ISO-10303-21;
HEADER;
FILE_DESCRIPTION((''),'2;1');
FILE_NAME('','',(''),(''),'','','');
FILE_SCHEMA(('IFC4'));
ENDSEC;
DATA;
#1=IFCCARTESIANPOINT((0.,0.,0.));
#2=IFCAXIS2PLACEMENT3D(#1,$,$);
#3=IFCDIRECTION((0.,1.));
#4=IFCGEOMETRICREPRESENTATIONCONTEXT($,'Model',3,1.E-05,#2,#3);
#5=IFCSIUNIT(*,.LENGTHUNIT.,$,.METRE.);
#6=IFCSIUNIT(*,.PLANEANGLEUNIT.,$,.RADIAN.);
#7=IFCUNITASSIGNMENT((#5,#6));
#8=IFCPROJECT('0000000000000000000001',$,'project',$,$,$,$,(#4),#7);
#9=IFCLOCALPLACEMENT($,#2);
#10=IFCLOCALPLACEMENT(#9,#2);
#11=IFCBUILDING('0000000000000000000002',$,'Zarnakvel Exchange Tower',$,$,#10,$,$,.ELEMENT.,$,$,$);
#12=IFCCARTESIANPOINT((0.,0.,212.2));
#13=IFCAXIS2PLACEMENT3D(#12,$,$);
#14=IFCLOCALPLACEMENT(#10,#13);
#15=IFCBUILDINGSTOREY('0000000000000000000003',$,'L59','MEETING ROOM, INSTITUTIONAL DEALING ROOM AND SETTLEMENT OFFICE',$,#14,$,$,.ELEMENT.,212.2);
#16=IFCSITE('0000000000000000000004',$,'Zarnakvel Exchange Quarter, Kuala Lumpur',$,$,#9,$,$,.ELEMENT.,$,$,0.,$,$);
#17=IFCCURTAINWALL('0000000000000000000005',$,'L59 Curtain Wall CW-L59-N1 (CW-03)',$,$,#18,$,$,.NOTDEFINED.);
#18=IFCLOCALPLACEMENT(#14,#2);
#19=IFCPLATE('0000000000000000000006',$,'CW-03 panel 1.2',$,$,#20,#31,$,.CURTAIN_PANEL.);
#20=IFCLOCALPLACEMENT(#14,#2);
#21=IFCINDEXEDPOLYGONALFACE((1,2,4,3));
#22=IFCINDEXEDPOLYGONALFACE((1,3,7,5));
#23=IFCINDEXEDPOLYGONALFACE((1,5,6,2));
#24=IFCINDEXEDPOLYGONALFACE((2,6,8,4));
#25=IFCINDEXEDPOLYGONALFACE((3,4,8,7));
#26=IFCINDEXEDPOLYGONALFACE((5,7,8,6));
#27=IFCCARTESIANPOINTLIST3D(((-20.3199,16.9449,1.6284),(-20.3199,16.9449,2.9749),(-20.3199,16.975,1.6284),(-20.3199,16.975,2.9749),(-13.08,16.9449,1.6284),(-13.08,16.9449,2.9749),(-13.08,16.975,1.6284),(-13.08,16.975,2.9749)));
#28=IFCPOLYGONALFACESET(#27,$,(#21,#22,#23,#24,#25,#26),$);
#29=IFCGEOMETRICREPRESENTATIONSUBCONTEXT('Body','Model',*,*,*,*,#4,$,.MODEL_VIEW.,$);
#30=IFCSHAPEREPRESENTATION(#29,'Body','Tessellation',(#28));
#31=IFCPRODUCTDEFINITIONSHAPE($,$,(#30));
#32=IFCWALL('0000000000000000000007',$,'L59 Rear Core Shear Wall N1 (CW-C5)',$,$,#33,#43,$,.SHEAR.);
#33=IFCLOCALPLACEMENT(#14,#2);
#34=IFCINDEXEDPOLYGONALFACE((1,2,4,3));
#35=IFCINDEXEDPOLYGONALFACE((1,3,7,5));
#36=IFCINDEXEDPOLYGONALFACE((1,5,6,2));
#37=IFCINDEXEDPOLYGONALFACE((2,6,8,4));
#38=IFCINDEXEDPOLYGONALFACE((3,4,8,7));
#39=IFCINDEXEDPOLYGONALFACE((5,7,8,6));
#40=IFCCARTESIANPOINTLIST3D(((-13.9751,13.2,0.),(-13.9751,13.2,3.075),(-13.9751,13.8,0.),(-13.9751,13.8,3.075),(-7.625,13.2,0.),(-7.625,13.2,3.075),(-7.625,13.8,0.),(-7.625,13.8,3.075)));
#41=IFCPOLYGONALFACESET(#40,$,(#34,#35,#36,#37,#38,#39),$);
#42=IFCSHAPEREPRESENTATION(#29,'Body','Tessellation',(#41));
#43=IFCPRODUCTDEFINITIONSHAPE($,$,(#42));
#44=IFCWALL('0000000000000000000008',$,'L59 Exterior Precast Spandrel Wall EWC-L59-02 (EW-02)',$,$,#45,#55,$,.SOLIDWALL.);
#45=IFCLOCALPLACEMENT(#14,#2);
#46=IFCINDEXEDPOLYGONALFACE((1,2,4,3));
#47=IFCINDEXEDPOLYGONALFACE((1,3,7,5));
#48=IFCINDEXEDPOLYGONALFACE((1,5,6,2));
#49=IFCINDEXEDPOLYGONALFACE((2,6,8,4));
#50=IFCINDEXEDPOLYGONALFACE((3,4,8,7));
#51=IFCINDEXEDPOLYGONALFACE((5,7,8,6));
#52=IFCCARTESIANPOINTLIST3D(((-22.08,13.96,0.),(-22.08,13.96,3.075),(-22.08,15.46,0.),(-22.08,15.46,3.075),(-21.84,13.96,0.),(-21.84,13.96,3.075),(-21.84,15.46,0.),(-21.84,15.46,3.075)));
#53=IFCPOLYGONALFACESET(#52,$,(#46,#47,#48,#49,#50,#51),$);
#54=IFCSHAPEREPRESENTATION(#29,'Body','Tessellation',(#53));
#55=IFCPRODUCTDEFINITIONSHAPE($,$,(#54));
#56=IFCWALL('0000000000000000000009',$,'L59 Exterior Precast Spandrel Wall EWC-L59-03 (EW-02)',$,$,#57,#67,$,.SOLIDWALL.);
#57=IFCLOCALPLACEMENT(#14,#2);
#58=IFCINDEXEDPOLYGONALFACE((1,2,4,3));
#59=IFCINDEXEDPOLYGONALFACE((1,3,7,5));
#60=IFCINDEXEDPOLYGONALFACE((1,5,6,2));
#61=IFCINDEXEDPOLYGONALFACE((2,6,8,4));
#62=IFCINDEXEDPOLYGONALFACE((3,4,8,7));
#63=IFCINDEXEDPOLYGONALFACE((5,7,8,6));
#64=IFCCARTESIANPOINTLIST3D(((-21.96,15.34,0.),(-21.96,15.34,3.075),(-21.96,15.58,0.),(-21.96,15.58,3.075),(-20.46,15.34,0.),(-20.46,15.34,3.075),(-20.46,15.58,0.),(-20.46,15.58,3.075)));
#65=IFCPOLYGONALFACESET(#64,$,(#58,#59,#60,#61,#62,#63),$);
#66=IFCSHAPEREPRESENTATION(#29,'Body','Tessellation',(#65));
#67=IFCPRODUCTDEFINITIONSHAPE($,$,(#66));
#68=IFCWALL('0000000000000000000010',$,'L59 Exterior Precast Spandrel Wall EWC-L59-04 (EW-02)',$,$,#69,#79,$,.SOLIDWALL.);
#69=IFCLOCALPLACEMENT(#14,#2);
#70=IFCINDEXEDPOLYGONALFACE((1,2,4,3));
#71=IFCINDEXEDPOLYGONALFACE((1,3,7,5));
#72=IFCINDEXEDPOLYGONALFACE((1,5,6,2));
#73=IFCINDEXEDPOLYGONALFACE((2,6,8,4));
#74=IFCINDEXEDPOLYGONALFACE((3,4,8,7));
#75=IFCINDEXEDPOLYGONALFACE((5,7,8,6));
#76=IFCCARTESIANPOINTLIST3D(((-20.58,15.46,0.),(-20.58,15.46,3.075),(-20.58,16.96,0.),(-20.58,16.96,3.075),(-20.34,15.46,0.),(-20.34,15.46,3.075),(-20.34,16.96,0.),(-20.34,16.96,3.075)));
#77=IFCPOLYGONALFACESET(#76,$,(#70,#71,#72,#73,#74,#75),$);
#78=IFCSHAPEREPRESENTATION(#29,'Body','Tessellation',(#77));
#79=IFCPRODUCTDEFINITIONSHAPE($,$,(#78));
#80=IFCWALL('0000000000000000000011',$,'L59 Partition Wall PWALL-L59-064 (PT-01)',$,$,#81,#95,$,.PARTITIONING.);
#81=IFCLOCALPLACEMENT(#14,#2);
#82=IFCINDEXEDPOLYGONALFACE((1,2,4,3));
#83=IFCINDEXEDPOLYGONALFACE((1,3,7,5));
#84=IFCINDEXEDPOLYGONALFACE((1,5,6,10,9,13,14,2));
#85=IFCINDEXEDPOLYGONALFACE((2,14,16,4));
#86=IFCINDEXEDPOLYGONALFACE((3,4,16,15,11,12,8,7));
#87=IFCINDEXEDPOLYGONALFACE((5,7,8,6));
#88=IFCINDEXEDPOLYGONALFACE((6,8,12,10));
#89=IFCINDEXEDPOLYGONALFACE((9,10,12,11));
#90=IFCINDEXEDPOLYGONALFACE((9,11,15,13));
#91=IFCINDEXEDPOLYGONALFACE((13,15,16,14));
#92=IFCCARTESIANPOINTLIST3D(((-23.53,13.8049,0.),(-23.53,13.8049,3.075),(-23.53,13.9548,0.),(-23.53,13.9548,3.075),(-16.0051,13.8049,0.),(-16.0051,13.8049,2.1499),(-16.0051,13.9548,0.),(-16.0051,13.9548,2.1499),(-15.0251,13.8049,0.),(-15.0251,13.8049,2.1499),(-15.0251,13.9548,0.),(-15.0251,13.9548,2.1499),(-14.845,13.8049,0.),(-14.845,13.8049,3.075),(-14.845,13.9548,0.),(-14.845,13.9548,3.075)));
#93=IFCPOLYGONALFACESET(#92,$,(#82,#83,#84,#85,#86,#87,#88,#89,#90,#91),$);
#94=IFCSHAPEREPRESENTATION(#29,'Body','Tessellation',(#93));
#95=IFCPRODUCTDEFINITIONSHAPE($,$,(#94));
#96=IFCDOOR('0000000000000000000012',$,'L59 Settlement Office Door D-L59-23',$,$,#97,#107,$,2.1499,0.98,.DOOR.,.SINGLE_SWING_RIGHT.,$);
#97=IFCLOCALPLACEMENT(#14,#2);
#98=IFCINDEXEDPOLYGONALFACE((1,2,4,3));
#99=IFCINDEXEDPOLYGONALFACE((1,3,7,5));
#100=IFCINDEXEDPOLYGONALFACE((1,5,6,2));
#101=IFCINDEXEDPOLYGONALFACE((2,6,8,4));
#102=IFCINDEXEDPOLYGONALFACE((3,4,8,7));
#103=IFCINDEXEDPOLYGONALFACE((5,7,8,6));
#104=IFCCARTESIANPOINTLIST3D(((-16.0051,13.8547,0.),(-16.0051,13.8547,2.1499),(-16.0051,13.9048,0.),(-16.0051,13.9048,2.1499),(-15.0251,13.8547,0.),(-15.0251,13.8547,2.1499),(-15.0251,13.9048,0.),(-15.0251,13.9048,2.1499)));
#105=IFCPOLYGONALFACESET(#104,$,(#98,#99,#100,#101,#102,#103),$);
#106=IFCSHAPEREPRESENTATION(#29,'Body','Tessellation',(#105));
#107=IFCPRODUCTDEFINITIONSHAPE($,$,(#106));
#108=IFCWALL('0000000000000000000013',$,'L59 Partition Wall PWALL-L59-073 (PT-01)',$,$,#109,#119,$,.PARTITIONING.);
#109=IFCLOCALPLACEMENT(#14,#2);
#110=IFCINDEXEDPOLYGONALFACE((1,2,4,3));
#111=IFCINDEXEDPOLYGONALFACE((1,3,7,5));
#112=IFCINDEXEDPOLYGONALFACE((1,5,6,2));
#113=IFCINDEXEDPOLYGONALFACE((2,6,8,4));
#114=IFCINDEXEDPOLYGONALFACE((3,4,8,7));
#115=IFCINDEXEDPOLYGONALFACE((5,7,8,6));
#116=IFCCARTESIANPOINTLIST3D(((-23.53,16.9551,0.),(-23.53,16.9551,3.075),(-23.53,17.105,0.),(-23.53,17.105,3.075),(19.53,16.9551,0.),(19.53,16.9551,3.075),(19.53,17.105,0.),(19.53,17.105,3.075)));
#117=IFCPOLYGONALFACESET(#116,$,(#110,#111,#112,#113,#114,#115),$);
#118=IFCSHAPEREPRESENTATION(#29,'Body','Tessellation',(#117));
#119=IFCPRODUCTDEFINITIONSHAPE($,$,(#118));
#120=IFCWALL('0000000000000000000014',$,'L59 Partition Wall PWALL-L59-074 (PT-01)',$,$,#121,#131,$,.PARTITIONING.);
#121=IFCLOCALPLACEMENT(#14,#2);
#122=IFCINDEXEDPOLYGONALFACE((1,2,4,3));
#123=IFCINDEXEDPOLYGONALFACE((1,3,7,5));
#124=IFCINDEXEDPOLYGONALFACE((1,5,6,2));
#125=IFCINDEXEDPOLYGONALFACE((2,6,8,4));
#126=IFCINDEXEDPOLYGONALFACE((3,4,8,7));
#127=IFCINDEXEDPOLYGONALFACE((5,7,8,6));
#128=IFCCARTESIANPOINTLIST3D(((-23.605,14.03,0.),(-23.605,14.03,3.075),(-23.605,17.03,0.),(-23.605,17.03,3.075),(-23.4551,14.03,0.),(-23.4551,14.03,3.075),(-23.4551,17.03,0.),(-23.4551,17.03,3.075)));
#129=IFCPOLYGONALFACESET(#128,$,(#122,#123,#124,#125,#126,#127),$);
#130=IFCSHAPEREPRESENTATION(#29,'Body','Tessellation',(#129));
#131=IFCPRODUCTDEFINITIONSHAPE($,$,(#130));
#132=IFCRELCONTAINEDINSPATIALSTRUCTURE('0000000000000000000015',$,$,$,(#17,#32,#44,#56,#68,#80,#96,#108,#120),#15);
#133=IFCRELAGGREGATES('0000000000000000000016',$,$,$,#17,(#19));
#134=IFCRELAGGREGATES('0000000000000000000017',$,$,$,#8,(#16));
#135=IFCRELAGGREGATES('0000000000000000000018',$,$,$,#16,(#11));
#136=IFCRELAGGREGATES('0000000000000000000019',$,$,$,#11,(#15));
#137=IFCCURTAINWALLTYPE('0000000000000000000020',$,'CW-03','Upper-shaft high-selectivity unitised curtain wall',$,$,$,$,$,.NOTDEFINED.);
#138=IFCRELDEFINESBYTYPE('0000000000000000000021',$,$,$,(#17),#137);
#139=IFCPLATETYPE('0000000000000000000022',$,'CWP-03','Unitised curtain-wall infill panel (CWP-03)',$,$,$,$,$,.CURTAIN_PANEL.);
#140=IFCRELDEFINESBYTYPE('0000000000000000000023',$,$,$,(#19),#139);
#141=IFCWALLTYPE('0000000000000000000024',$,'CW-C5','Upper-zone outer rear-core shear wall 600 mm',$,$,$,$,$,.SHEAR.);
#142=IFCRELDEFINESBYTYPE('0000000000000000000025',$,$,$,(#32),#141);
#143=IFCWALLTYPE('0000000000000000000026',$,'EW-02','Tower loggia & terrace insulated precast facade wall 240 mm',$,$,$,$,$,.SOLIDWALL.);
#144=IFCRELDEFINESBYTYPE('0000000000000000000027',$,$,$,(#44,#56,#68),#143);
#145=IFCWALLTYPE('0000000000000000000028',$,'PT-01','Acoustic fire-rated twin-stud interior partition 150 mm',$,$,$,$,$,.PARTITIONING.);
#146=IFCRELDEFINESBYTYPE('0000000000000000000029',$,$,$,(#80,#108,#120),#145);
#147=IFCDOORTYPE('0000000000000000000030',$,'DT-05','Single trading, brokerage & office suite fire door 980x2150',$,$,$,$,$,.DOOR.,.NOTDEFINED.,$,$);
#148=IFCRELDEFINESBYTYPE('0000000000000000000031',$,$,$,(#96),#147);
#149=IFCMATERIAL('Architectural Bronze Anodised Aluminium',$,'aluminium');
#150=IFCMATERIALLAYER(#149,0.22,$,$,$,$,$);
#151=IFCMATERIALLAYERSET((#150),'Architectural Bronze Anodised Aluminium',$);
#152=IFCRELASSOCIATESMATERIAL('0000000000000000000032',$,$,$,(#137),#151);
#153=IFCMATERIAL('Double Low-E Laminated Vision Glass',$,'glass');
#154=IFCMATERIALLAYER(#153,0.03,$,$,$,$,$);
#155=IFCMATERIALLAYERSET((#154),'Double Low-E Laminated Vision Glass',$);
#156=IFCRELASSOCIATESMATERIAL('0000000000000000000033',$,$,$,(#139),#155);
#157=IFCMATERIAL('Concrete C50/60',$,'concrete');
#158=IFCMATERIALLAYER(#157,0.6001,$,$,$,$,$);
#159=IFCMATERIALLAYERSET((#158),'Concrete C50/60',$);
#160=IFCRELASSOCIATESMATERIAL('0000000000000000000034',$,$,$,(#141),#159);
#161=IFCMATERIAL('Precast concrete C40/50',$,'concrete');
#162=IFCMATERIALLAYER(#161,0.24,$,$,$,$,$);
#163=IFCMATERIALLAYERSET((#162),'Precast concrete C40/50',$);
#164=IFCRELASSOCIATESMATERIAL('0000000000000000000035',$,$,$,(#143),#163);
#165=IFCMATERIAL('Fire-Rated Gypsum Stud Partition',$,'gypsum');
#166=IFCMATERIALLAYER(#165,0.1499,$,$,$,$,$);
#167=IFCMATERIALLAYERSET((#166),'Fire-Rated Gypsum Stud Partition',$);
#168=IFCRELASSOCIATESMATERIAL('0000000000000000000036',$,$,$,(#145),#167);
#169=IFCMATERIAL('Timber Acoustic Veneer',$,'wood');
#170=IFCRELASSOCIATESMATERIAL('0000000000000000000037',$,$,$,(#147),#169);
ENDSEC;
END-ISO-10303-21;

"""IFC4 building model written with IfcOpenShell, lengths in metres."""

from ifc_helpers import new_model, si_unit, direction, frame, frame_2d, origin, origin_2d, place, context, subcontext, project, spatial, rectangle, extrude, source, transform, mapped, material, layer, layer_set, type_object, element, fill, aggregate, save


model = new_model("IFC4")

# Units and contexts
model_context = context("Model", 3, precision=1e-05, world=origin(), true_north=direction((0.0, 1.0)))
body_context = subcontext(model_context, "Body", "Model", "MODEL_VIEW")
ifc_project = project(units=[si_unit("LENGTHUNIT", "METRE"), si_unit("PLANEANGLEUNIT", "RADIAN")], contexts=[model_context])

# Site, building, storey
site_placement = place(None, origin())
site = spatial("IfcSite", under=ifc_project, at=site_placement, Name="Zarnakvel Exchange Quarter, Kuala Lumpur", CompositionType="ELEMENT", RefElevation=0.0)
building_placement = place(site_placement, origin())
building = spatial("IfcBuilding", under=site, at=building_placement, Name="Zarnakvel Exchange Tower", CompositionType="ELEMENT")
storey_placement = place(building_placement, frame((0.0, 0.0, 212.2)))
storey = spatial("IfcBuildingStorey", under=building, at=storey_placement, Name="L59", Description="MEETING ROOM, INSTITUTIONAL DEALING ROOM AND SETTLEMENT OFFICE", CompositionType="ELEMENT", Elevation=212.2)

# Shared definitions
ifc_material_1 = material(Name="Concrete C50/60", Category="concrete")

# Shared definitions
ifc_material_2 = material(Name="Architectural Bronze Anodised Aluminium", Category="aluminium")

# Curtain wall, plate
ifc_layer_1 = layer(ifc_material_2, 0.22)
ifc_layer_set_1 = layer_set([ifc_layer_1], Name="Architectural Bronze Anodised Aluminium")
curtain_wall_type_1 = type_object("IfcCurtainWallType", Name="CW-03", Description="Upper-shaft high-selectivity unitised curtain wall", PredefinedType="NOTDEFINED", material=ifc_layer_set_1)
curtain_wall_1_placement = place(storey_placement, origin())
curtain_wall_1 = element("IfcCurtainWall", 1, at=curtain_wall_1_placement, inside=storey, type_object=curtain_wall_type_1, Name="L59 Curtain Wall CW-L59-N1 (CW-03)", PredefinedType="NOTDEFINED")
ifc_material_3 = material(Name="Double Low-E Laminated Vision Glass", Category="glass")
ifc_layer_2 = layer(ifc_material_3, 0.03)
ifc_layer_set_2 = layer_set([ifc_layer_2], Name="Double Low-E Laminated Vision Glass")
plate_type = type_object("IfcPlateType", Name="CWP-03", Description="Unitised curtain-wall infill panel (CWP-03)", PredefinedType="CURTAIN_PANEL", material=ifc_layer_set_2)
shared_shape_1 = source(origin(), body_context, "Body", "SweptSolid", [
    extrude(rectangle(XDim=7.24, YDim=0.03, at=origin_2d()), origin(), (0.0, 0.0, 1.0), 1.3464),
])
plate_1_placement = place(storey_placement, frame((-16.7, 16.96, 1.6284), z_axis=(0.0, 0.0, 1.0), x_axis=(1.0, 0.0, 0.0)))
plate_1 = element("IfcPlate", 2, at=plate_1_placement, type_object=plate_type, Name="CW-03 panel 1.2", PredefinedType="CURTAIN_PANEL", context=body_context, shape_type="MappedRepresentation", body=[
    mapped(shared_shape_1, transform((0.0, 0.0, 0.0), x_axis=(1.0, 0.0, 0.0), y_axis=(0.0, 1.0, 0.0), z_axis=(0.0, 0.0, 1.0), scale=1.0)),
])
aggregate(curtain_wall_1, [plate_1])

# Walls
ifc_layer_3 = layer(ifc_material_1, 0.6001)
ifc_layer_set_3 = layer_set([ifc_layer_3], Name="Concrete C50/60")
wall_type_1 = type_object("IfcWallType", Name="CW-C5", Description="Upper-zone outer rear-core shear wall 600 mm", PredefinedType="SHEAR", material=ifc_layer_set_3)
wall_1_placement = place(storey_placement, frame((-13.9751, 13.5, 0.0), z_axis=(0.0, 0.0, 1.0), x_axis=(1.0, 0.0, 0.0)))
element("IfcWall", 3, at=wall_1_placement, inside=storey, type_object=wall_type_1, Name="L59 Rear Core Shear Wall N1 (CW-C5)", PredefinedType="SHEAR", context=body_context, shape_type="SweptSolid", body=[
    extrude(rectangle(XDim=6.3501, YDim=0.6001, at=frame_2d((3.175, 0.0))), origin(), (0.0, 0.0, 1.0), 3.075),
])
ifc_material_4 = material(Name="Precast concrete C40/50", Category="concrete")
ifc_layer_4 = layer(ifc_material_4, 0.24)
ifc_layer_set_4 = layer_set([ifc_layer_4], Name="Precast concrete C40/50")
wall_type_2 = type_object("IfcWallType", Name="EW-02", Description="Tower loggia & terrace insulated precast facade wall 240 mm", PredefinedType="SOLIDWALL", material=ifc_layer_set_4)
for number, where, z_axis, x_axis, name in (
    (4, (-21.96, 15.46, 0.0), (0.0, 0.0, 1.0), (0.0, -1.0, 0.0), "L59 Exterior Precast Spandrel Wall EWC-L59-02 (EW-02)"),
    (5, (-20.46, 15.46, 0.0), (0.0, 0.0, 1.0), (-1.0, 0.0, 0.0), "L59 Exterior Precast Spandrel Wall EWC-L59-03 (EW-02)"),
    (6, (-20.46, 16.96, 0.0), (0.0, 0.0, 1.0), (0.0, -1.0, 0.0), "L59 Exterior Precast Spandrel Wall EWC-L59-04 (EW-02)"),
):
    element("IfcWall", number, at=place(storey_placement, frame(where, z_axis=z_axis, x_axis=x_axis)), inside=storey, type_object=wall_type_2, Name=name, PredefinedType="SOLIDWALL", context=body_context, shape_type="SweptSolid", body=[
        extrude(rectangle(XDim=1.5, YDim=0.24, at=frame_2d((0.75, 0.0))), origin(), (0.0, 0.0, 1.0), 3.075),
    ])

# Wall, opening, door
ifc_material_5 = material(Name="Fire-Rated Gypsum Stud Partition", Category="gypsum")
ifc_layer_5 = layer(ifc_material_5, 0.1499)
ifc_layer_set_5 = layer_set([ifc_layer_5], Name="Fire-Rated Gypsum Stud Partition")
wall_type_3 = type_object("IfcWallType", Name="PT-01", Description="Acoustic fire-rated twin-stud interior partition 150 mm", PredefinedType="PARTITIONING", material=ifc_layer_set_5)
wall_2_placement = place(storey_placement, frame((-23.53, 13.8799, 0.0), z_axis=(0.0, 0.0, 1.0), x_axis=(1.0, 0.0, 0.0)))
wall_2 = element("IfcWall", 7, at=wall_2_placement, inside=storey, type_object=wall_type_3, Name="L59 Partition Wall PWALL-L59-064 (PT-01)", PredefinedType="PARTITIONING", context=body_context, shape_type="SweptSolid", body=[
    extrude(rectangle(XDim=8.6851, YDim=0.1499, at=frame_2d((4.3425, 0.0))), origin(), (0.0, 0.0, 1.0), 3.075),
])
opening_placement = place(wall_2_placement, frame((7.5249, 0.0, 0.0)))
opening = element("IfcOpeningElement", 8, at=opening_placement, cuts=wall_2, PredefinedType="OPENING", context=body_context, shape_type="SweptSolid", body=[
    extrude(rectangle(XDim=0.98, YDim=2.1499, at=frame_2d((0.49, 1.075))), frame((0.0, 0.085, 0.0), z_axis=(0.0, -1.0, 0.0), x_axis=(1.0, 0.0, 0.0)), (0.0, 0.0, 1.0), 0.1699),
])
ifc_material_6 = material(Name="Timber Acoustic Veneer", Category="wood")
door_type = type_object("IfcDoorType", Name="DT-05", Description="Single trading, brokerage & office suite fire door 980x2150", OperationType="NOTDEFINED", PredefinedType="DOOR", material=ifc_material_6)
shared_shape_2 = source(origin(), body_context, "Body", "SweptSolid", [
    extrude(rectangle(XDim=0.98, YDim=2.1499, at=frame_2d((0.49, 1.075))), frame((0.0, 0.0249, 0.0), z_axis=(0.0, -1.0, 0.0), x_axis=(1.0, 0.0, 0.0)), (0.0, 0.0, 1.0), 0.05),
])
door_placement = place(opening_placement, origin())
door = element("IfcDoor", 9, at=door_placement, inside=storey, type_object=door_type, Name="L59 Settlement Office Door D-L59-23", OperationType="SINGLE_SWING_RIGHT", OverallHeight=2.1499, OverallWidth=0.98, PredefinedType="DOOR", context=body_context, shape_type="MappedRepresentation", body=[
    mapped(shared_shape_2, transform((0.0, 0.0, 0.0), x_axis=(1.0, 0.0, 0.0), y_axis=(0.0, 1.0, 0.0), z_axis=(0.0, 0.0, 1.0), scale=1.0)),
])
fill(opening, door)

# Walls
wall_3_placement = place(storey_placement, frame((-23.53, 17.03, 0.0), z_axis=(0.0, 0.0, 1.0), x_axis=(1.0, 0.0, 0.0)))
element("IfcWall", 10, at=wall_3_placement, inside=storey, type_object=wall_type_3, Name="L59 Partition Wall PWALL-L59-073 (PT-01)", PredefinedType="PARTITIONING", context=body_context, shape_type="SweptSolid", body=[
    extrude(rectangle(XDim=43.0601, YDim=0.1499, at=frame_2d((21.53, 0.0))), origin(), (0.0, 0.0, 1.0), 3.075),
])
wall_4_placement = place(storey_placement, frame((-23.53, 14.03, 0.0), z_axis=(0.0, 0.0, 1.0), x_axis=(0.0, 1.0, 0.0)))
element("IfcWall", 11, at=wall_4_placement, inside=storey, type_object=wall_type_3, Name="L59 Partition Wall PWALL-L59-074 (PT-01)", PredefinedType="PARTITIONING", context=body_context, shape_type="SweptSolid", body=[
    extrude(rectangle(XDim=3.0, YDim=0.1499, at=frame_2d((1.5, 0.0))), origin(), (0.0, 0.0, 1.0), 3.075),
])

save(model, "model.ifc")
